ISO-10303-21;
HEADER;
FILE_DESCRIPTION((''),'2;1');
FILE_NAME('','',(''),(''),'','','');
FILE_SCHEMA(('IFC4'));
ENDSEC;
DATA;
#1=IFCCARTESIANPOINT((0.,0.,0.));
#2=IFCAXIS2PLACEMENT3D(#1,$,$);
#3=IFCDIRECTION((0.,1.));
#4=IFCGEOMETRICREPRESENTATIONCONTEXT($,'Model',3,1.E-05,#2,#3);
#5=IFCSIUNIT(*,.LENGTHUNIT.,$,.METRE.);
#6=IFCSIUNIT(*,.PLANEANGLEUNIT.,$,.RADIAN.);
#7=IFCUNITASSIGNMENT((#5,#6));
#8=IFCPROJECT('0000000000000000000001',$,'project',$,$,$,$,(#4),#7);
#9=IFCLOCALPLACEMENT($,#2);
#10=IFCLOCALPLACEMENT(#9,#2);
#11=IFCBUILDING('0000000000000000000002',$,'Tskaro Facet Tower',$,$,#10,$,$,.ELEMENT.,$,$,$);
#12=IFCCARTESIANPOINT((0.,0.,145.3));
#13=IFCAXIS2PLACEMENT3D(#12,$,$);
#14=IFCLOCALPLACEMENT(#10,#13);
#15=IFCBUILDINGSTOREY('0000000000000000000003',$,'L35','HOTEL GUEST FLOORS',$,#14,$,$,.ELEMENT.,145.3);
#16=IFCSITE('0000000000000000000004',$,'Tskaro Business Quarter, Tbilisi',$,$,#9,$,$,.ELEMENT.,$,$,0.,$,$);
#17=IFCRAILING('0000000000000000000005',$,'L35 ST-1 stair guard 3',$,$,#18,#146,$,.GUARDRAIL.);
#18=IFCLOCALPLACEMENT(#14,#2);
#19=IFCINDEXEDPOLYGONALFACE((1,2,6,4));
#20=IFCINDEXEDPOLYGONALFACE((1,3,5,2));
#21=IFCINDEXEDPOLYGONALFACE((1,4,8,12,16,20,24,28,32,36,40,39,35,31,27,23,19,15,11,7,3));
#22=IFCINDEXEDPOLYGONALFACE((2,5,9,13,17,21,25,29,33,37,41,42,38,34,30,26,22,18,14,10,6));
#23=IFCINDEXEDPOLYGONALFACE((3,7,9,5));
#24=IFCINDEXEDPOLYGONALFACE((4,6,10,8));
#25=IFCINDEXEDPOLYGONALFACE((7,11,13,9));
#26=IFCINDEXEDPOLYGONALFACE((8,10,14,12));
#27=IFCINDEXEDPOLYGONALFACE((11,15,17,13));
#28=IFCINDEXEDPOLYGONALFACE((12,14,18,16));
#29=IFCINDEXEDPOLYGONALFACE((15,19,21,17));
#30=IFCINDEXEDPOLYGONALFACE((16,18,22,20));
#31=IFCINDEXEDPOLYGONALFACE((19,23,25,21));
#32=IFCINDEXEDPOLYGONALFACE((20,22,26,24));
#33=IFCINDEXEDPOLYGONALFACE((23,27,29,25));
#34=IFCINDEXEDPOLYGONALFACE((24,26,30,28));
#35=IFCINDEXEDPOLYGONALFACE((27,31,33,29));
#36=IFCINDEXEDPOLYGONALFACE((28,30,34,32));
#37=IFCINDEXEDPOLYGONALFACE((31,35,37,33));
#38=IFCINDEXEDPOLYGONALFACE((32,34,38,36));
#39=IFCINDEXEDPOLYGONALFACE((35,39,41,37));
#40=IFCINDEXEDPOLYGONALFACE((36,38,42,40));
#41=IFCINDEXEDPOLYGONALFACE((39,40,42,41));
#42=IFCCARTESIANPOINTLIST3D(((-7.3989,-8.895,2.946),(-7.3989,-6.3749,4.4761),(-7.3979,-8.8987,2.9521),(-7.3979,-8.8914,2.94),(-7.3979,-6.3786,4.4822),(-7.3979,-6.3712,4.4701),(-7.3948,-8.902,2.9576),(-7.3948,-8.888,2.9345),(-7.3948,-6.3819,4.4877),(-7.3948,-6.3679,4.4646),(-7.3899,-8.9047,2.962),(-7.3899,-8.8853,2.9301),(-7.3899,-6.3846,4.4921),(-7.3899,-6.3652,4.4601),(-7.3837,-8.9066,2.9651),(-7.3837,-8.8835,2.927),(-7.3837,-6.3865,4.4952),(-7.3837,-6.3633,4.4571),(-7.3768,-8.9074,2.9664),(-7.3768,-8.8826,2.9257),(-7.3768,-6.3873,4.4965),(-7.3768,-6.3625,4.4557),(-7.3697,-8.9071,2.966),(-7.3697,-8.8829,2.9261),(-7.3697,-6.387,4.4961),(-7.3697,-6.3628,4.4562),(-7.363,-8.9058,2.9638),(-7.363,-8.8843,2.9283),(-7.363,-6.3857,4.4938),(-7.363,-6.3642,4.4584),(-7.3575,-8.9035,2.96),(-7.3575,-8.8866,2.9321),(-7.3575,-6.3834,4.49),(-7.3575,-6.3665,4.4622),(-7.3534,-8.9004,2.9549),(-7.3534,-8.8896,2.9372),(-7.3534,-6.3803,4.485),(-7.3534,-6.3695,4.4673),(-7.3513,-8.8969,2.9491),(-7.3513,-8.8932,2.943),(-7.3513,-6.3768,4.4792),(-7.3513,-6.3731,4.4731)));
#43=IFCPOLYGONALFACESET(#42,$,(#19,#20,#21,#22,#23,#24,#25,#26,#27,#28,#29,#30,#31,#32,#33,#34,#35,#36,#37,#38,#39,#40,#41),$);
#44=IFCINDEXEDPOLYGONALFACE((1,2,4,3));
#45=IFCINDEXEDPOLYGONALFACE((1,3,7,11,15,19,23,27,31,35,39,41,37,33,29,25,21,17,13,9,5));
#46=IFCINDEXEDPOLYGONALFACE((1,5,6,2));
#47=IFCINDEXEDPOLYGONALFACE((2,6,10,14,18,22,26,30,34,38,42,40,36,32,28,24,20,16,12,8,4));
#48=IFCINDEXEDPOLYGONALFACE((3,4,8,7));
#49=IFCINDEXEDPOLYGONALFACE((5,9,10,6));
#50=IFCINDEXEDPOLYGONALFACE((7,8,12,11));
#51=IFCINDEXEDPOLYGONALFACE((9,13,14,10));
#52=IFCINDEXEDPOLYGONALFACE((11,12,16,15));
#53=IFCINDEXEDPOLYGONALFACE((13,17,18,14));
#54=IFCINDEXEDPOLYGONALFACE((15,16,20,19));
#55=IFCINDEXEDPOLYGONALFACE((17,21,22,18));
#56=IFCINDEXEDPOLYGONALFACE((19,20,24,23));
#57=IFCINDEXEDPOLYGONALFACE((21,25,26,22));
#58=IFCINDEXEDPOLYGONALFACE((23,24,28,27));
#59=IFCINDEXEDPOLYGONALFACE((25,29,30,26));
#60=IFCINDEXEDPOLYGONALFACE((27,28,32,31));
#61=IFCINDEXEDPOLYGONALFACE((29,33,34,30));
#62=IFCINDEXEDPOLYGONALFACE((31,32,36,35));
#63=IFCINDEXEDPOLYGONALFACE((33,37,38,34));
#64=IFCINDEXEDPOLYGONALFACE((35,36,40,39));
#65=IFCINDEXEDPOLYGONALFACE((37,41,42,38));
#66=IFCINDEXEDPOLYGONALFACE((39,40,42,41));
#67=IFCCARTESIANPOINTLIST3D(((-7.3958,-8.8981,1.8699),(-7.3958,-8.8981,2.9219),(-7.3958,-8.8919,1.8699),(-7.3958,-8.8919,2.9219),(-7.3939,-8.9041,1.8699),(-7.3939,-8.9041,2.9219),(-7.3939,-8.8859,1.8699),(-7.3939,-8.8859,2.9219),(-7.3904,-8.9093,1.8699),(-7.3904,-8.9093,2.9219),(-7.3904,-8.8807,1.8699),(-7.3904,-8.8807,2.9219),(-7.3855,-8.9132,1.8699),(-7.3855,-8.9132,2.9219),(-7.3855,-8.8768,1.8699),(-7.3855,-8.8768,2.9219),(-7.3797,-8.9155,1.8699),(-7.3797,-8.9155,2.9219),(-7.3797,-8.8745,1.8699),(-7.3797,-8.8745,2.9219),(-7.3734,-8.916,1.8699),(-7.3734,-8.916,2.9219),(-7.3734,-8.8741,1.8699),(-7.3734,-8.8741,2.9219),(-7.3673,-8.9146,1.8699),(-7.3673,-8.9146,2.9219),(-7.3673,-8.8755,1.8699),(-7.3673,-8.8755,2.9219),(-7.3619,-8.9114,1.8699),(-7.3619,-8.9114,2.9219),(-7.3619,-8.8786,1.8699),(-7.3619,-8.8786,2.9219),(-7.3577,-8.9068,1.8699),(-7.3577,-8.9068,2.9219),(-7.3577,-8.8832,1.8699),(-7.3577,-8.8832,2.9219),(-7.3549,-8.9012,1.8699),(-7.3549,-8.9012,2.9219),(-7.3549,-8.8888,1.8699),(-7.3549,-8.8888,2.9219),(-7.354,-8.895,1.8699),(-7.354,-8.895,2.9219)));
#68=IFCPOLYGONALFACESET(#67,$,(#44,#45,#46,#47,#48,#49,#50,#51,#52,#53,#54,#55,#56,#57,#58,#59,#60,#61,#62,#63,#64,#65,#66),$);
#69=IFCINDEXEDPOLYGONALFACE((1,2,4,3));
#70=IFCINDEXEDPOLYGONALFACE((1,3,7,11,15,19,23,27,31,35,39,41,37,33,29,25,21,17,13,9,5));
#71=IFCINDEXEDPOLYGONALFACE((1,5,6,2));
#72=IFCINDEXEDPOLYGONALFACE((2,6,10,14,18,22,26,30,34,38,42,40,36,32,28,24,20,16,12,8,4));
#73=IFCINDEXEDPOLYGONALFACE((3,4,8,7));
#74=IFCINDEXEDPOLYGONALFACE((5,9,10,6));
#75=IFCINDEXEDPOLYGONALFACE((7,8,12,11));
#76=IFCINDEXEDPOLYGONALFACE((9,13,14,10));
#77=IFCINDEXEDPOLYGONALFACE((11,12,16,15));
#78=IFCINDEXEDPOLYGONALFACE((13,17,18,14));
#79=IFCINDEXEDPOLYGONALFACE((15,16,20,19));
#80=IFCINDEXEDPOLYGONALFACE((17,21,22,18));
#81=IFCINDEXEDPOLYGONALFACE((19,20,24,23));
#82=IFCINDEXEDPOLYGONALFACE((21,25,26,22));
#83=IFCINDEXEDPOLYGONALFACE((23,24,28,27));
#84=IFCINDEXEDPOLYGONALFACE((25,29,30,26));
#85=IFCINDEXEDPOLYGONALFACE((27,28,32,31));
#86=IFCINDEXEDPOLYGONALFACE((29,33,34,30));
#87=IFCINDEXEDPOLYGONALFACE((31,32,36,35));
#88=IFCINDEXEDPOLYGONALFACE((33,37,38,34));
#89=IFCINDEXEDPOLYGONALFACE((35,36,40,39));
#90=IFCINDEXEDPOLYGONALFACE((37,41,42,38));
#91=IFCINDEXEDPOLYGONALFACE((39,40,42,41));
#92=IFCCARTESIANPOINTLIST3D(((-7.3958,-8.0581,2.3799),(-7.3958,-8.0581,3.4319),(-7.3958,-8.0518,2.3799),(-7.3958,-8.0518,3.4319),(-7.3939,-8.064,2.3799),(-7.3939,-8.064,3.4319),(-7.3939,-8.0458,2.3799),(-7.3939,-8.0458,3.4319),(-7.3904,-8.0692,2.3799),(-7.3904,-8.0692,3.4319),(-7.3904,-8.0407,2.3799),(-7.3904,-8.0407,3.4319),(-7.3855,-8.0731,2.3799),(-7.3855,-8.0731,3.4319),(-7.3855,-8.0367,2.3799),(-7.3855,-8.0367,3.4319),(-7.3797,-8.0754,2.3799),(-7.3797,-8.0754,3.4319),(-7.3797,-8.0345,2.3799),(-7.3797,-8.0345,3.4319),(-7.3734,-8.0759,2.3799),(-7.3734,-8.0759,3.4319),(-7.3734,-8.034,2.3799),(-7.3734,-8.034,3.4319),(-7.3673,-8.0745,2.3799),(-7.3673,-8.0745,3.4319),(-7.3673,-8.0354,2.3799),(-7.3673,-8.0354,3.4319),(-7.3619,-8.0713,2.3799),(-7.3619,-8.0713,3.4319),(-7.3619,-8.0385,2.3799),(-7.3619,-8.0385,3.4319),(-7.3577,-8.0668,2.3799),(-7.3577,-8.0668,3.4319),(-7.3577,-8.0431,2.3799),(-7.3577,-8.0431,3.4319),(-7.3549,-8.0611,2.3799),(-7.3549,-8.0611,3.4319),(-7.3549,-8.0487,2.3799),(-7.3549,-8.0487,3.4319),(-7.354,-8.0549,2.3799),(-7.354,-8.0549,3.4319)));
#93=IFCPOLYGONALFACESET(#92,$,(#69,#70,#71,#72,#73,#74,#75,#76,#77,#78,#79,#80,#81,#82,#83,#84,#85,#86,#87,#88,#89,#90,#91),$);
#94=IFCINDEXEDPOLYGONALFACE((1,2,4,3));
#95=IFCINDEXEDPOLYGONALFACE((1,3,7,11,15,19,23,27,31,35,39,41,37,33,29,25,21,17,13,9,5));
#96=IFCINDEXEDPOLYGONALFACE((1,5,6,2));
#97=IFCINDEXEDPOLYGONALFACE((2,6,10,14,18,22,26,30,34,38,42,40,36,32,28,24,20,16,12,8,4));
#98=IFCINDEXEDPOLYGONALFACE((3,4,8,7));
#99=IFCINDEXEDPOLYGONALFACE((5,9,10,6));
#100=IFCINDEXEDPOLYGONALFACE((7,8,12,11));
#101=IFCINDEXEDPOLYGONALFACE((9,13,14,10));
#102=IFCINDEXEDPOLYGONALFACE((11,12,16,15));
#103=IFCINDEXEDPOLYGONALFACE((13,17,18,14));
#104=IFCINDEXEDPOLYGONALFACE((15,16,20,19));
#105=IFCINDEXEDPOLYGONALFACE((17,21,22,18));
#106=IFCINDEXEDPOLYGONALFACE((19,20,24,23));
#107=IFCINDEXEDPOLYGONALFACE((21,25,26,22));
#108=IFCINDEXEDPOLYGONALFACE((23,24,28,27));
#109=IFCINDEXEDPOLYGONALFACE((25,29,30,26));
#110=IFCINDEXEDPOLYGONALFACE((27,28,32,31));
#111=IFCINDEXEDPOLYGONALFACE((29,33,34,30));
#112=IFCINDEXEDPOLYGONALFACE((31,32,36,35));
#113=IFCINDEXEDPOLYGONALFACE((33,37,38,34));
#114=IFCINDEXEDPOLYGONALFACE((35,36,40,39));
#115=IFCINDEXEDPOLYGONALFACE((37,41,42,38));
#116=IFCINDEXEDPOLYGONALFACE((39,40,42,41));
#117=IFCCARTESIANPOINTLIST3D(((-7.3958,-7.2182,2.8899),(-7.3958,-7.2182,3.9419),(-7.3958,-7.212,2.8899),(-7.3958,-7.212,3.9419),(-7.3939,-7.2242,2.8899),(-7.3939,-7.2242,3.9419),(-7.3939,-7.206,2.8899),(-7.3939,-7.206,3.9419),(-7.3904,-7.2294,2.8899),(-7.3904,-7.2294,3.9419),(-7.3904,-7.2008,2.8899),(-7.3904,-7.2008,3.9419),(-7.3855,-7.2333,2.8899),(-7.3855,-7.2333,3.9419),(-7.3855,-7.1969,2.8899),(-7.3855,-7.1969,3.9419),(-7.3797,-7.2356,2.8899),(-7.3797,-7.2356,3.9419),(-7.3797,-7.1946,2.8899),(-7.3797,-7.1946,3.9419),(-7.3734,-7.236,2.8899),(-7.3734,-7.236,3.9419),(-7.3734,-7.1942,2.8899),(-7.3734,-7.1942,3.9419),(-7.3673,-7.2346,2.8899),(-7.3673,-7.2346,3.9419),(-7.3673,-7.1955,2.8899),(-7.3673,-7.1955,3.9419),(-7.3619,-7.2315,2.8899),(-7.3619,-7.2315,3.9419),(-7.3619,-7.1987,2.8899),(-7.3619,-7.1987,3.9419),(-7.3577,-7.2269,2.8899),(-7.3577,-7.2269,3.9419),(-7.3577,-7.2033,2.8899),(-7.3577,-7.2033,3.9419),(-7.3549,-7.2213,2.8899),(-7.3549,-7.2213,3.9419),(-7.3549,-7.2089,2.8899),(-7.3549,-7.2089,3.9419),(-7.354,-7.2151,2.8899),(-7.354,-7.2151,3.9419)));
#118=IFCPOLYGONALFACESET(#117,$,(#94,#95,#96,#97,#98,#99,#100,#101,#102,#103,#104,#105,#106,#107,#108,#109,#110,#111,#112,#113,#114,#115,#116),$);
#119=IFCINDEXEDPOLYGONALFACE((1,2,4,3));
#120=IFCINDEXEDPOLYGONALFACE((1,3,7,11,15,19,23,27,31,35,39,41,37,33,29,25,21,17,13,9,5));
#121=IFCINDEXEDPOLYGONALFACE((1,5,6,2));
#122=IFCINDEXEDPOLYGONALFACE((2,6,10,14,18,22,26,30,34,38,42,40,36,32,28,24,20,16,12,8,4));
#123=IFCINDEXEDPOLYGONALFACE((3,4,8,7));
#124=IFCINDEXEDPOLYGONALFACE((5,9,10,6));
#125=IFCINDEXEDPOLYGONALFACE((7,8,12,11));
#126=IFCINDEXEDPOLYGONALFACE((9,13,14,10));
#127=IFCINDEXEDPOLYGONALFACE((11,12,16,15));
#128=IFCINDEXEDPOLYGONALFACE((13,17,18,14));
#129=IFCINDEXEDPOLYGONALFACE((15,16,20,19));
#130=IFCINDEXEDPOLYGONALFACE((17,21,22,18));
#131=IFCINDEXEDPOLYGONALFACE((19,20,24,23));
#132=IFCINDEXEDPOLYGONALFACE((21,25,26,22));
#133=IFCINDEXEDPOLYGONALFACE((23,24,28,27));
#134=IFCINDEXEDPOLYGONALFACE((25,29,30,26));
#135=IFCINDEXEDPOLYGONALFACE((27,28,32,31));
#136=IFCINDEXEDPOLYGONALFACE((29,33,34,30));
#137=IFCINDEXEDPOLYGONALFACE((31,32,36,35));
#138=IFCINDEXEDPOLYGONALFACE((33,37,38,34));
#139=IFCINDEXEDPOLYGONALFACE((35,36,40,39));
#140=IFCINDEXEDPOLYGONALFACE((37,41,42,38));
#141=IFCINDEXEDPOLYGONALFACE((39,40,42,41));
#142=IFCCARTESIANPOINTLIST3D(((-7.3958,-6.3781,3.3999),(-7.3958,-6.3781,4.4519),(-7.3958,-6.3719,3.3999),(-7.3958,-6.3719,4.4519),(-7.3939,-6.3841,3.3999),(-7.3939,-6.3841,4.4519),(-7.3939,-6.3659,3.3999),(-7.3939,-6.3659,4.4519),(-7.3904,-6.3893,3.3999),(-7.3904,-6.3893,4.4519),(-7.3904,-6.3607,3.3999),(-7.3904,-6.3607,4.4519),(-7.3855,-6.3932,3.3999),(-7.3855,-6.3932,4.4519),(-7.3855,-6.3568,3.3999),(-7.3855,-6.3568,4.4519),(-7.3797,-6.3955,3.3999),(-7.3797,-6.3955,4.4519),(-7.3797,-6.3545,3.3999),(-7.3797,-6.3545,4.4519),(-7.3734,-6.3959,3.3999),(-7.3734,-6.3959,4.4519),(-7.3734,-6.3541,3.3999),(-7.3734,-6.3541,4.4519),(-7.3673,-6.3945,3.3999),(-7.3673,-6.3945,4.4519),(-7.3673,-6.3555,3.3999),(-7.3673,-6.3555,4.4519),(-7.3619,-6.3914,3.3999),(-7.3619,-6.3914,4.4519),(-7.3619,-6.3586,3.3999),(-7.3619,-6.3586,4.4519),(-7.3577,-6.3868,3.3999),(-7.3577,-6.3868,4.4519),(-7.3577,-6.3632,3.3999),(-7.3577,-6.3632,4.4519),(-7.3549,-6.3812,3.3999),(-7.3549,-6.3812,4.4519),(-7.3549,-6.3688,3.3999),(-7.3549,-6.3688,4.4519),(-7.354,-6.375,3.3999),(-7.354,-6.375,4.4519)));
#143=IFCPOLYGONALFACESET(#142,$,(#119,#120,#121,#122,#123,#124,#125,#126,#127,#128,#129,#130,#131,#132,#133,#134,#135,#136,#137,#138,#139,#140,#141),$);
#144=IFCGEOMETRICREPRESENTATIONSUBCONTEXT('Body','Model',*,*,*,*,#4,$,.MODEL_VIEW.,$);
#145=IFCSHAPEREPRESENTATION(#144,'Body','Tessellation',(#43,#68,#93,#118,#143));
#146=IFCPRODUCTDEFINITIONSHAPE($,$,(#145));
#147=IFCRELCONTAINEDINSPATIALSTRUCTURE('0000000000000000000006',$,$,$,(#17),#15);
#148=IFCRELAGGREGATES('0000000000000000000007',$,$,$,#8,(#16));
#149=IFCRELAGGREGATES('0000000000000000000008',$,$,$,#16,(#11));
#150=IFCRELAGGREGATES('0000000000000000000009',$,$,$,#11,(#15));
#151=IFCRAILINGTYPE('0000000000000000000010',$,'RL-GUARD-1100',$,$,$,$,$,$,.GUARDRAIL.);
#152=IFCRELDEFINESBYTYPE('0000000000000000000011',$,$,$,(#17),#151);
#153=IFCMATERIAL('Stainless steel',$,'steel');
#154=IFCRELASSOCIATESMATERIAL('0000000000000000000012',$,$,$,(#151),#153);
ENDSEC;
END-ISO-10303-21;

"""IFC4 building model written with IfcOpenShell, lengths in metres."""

from ifc_helpers import new_model, si_unit, direction, frame, origin, origin_2d, place, context, subcontext, project, spatial, circle, extrude, material, type_object, element, save


model = new_model("IFC4")

# Units and contexts
model_context = context("Model", 3, precision=1e-05, world=origin(), true_north=direction((0.0, 1.0)))
body_context = subcontext(model_context, "Body", "Model", "MODEL_VIEW")
ifc_project = project(units=[si_unit("LENGTHUNIT", "METRE"), si_unit("PLANEANGLEUNIT", "RADIAN")], contexts=[model_context])

# Site, building, storey
site_placement = place(None, origin())
site = spatial("IfcSite", under=ifc_project, at=site_placement, Name="Tskaro Business Quarter, Tbilisi", CompositionType="ELEMENT", RefElevation=0.0)
building_placement = place(site_placement, origin())
building = spatial("IfcBuilding", under=site, at=building_placement, Name="Tskaro Facet Tower", CompositionType="ELEMENT")
storey_placement = place(building_placement, frame((0.0, 0.0, 145.3)))
storey = spatial("IfcBuildingStorey", under=building, at=storey_placement, Name="L35", Description="HOTEL GUEST FLOORS", CompositionType="ELEMENT", Elevation=145.3)

# Shared definitions
ifc_material_1 = material(Name="Stainless steel", Category="steel")

# Railing
railing_type_1 = type_object("IfcRailingType", Name="RL-GUARD-1100", PredefinedType="GUARDRAIL", material=ifc_material_1)
railing_1_placement = place(storey_placement, frame((-7.375, -8.895, 1.8699)))
element("IfcRailing", 1, at=railing_1_placement, inside=storey, type_object=railing_type_1, Name="L35 ST-1 stair guard 3", PredefinedType="GUARDRAIL", context=body_context, shape_type="SweptSolid", body=[
    extrude(circle(Radius=0.0239, at=origin_2d()), frame((0.0, 0.0, 1.0762), z_axis=(0.0, 0.854785, 0.518982), x_axis=(-1.0, 0.0, 0.0)), (0.0, 0.0, 1.0), 2.9482),
    extrude(circle(Radius=0.021, at=origin_2d()), origin(), (0.0, 0.0, 1.0), 1.052),
    extrude(circle(Radius=0.021, at=origin_2d()), frame((0.0, 0.8401, 0.51)), (0.0, 0.0, 1.0), 1.052),
    extrude(circle(Radius=0.021, at=origin_2d()), frame((0.0, 1.6799, 1.02)), (0.0, 0.0, 1.0), 1.052),
    extrude(circle(Radius=0.021, at=origin_2d()), frame((0.0, 2.52, 1.53)), (0.0, 0.0, 1.0), 1.052),
])

save(model, "model.ifc")
